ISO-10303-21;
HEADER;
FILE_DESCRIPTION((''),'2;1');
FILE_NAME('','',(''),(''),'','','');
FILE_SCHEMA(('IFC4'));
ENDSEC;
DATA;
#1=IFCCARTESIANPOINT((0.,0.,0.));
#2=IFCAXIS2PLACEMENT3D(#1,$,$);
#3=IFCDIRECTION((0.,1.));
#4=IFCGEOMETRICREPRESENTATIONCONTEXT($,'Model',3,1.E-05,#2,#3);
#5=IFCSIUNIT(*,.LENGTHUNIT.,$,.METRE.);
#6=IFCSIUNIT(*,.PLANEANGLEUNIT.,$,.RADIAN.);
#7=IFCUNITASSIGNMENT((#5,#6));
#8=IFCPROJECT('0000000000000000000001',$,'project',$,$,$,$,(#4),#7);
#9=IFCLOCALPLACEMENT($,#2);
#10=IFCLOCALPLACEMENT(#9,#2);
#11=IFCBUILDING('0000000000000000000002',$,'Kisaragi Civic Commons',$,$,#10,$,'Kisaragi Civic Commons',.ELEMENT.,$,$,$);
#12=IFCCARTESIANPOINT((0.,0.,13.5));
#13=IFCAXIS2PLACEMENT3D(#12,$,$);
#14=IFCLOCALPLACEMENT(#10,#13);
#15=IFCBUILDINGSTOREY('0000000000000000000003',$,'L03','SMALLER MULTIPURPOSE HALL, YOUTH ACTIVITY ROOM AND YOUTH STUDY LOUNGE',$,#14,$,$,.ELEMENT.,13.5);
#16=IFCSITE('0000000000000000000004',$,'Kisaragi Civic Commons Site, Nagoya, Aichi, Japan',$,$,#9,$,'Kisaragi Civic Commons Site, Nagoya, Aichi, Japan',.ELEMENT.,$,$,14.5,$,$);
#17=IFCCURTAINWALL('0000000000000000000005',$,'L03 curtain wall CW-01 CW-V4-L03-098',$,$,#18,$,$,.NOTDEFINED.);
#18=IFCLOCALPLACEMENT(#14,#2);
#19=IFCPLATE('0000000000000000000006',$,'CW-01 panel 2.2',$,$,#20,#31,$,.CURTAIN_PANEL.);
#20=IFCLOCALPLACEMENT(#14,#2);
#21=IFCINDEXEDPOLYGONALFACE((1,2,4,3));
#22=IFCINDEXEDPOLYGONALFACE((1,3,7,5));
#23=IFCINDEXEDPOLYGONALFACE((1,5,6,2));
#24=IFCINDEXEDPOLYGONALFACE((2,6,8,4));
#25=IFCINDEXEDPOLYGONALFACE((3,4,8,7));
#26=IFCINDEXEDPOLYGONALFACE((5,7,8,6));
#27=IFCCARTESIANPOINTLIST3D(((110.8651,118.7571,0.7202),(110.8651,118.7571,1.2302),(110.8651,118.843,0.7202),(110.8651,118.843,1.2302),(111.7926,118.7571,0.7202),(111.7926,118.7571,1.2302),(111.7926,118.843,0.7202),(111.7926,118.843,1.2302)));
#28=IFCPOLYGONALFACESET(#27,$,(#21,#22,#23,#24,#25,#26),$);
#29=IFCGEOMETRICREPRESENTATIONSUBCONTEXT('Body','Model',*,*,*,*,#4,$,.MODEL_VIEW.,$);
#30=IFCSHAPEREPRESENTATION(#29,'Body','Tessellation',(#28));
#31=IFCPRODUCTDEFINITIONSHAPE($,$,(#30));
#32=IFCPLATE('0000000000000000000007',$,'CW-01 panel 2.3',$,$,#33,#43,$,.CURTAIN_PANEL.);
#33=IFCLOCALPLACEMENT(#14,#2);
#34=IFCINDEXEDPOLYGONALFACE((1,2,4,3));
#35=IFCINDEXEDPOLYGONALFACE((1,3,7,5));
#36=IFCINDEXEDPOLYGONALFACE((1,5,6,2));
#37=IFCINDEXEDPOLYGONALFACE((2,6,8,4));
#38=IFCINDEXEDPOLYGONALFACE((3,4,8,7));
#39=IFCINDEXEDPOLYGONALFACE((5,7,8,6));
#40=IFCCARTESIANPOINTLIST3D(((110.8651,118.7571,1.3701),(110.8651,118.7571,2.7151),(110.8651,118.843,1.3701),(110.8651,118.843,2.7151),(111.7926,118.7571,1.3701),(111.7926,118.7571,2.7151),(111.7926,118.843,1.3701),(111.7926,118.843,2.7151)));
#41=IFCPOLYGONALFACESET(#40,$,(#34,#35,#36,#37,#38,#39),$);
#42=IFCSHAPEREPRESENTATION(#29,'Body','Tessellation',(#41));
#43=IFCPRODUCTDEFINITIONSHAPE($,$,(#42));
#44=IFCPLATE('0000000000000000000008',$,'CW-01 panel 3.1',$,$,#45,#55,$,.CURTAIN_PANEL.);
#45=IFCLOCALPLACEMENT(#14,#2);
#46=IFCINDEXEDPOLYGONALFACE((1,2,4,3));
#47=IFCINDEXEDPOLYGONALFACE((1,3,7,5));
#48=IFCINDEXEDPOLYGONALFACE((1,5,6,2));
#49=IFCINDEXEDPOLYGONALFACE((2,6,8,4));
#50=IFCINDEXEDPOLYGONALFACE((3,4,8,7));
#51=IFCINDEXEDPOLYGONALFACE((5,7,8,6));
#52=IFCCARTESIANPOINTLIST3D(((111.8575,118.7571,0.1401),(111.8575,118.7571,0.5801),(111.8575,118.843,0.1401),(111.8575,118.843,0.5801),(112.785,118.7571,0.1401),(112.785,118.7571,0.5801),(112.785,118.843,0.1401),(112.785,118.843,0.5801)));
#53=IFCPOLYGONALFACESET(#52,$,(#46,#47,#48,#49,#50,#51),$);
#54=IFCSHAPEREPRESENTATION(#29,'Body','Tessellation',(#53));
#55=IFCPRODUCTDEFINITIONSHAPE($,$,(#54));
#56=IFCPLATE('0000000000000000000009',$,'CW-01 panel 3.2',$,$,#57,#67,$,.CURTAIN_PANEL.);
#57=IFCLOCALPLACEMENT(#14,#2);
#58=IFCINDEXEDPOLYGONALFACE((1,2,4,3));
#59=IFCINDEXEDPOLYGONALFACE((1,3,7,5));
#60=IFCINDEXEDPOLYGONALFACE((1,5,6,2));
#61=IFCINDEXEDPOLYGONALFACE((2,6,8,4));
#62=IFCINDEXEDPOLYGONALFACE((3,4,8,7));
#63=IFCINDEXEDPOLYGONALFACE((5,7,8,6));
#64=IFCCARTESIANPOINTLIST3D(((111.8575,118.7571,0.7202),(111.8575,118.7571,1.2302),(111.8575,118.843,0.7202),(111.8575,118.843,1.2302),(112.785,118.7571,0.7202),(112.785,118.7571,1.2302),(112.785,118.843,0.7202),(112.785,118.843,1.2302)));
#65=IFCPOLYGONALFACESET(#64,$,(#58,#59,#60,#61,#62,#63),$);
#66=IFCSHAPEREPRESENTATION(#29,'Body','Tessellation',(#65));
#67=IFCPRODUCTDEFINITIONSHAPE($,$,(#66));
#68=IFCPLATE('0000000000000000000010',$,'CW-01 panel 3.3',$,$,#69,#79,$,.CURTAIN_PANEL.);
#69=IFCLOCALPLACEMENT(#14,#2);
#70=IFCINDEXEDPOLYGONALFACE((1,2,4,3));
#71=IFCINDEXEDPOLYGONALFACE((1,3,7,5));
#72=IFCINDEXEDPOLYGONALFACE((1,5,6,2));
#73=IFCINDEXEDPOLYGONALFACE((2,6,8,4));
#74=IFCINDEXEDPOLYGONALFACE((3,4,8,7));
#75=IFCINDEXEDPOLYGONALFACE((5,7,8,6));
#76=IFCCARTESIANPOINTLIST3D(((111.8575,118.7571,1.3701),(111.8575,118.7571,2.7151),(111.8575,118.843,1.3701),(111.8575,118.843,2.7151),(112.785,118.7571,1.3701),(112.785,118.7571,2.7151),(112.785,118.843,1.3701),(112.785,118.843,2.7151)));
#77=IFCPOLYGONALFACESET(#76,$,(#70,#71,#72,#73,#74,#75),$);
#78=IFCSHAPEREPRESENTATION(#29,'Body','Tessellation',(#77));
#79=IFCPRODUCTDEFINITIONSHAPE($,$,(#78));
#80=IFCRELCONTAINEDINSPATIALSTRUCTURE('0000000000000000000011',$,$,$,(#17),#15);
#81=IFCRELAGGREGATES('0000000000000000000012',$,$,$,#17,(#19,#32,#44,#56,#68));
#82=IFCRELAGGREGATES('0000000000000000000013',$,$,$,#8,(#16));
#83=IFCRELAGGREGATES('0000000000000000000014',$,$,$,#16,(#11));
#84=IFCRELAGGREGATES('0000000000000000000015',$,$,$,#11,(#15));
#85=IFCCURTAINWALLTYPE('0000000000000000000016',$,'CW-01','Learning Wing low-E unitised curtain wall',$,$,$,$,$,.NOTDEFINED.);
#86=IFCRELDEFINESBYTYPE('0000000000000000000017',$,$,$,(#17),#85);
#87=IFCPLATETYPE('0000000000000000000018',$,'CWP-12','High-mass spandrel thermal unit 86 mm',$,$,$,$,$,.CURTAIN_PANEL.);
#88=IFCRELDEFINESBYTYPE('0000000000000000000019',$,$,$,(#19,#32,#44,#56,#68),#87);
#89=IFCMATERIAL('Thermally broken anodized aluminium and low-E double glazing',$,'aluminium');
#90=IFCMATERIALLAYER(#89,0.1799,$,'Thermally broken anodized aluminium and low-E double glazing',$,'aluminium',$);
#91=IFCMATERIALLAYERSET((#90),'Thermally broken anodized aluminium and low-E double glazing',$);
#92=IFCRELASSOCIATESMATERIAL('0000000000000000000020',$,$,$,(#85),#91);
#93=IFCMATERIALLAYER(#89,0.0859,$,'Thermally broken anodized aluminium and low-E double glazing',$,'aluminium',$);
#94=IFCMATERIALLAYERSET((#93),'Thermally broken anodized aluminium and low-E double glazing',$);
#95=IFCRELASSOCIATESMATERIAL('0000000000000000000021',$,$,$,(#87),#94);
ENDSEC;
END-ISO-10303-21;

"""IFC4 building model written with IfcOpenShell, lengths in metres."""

from ifc_helpers import new_model, si_unit, direction, frame, origin, origin_2d, place, context, subcontext, project, spatial, rectangle, extrude, material, layer, layer_set, type_object, element, aggregate, save


model = new_model("IFC4")

# Units and contexts
model_context = context("Model", 3, precision=1e-05, world=origin(), true_north=direction((0.0, 1.0)))
body_context = subcontext(model_context, "Body", "Model", "MODEL_VIEW")
ifc_project = project(units=[si_unit("LENGTHUNIT", "METRE"), si_unit("PLANEANGLEUNIT", "RADIAN")], contexts=[model_context])

# Site, building, storey
site_placement = place(None, origin())
site = spatial("IfcSite", under=ifc_project, at=site_placement, Name="Kisaragi Civic Commons Site, Nagoya, Aichi, Japan", LongName="Kisaragi Civic Commons Site, Nagoya, Aichi, Japan", CompositionType="ELEMENT", RefElevation=14.5)
building_placement = place(site_placement, origin())
building = spatial("IfcBuilding", under=site, at=building_placement, Name="Kisaragi Civic Commons", LongName="Kisaragi Civic Commons", CompositionType="ELEMENT")
storey_placement = place(building_placement, frame((0.0, 0.0, 13.5)))
storey = spatial("IfcBuildingStorey", under=building, at=storey_placement, Name="L03", Description="SMALLER MULTIPURPOSE HALL, YOUTH ACTIVITY ROOM AND YOUTH STUDY LOUNGE", CompositionType="ELEMENT", Elevation=13.5)

# Curtain wall, plates
ifc_material = material(Name="Thermally broken anodized aluminium and low-E double glazing", Category="aluminium")
ifc_layer_1 = layer(ifc_material, 0.1799, Name="Thermally broken anodized aluminium and low-E double glazing", Category="aluminium")
ifc_layer_set_1 = layer_set([ifc_layer_1], Name="Thermally broken anodized aluminium and low-E double glazing")
curtain_wall_type = type_object("IfcCurtainWallType", Name="CW-01", Description="Learning Wing low-E unitised curtain wall", PredefinedType="NOTDEFINED", material=ifc_layer_set_1)
curtain_wall_placement = place(storey_placement, origin())
curtain_wall = element("IfcCurtainWall", 1, at=curtain_wall_placement, inside=storey, type_object=curtain_wall_type, Name="L03 curtain wall CW-01 CW-V4-L03-098", PredefinedType="NOTDEFINED")
ifc_layer_2 = layer(ifc_material, 0.0859, Name="Thermally broken anodized aluminium and low-E double glazing", Category="aluminium")
ifc_layer_set_2 = layer_set([ifc_layer_2], Name="Thermally broken anodized aluminium and low-E double glazing")
plate_type = type_object("IfcPlateType", Name="CWP-12", Description="High-mass spandrel thermal unit 86 mm", PredefinedType="CURTAIN_PANEL", material=ifc_layer_set_2)
plate_1_placement = place(storey_placement, frame((111.3289, 118.8, 0.7202), z_axis=(0.0, 0.0, 1.0), x_axis=(1.0, 0.0, 0.0)))
plate_1 = element("IfcPlate", 2, at=plate_1_placement, type_object=plate_type, Name="CW-01 panel 2.2", PredefinedType="CURTAIN_PANEL", context=body_context, shape_type="SweptSolid", body=[
    extrude(rectangle(XDim=0.9275, YDim=0.0859, at=origin_2d()), origin(), (0.0, 0.0, 1.0), 0.51),
])
plate_2_placement = place(storey_placement, frame((111.3289, 118.8, 1.3701), z_axis=(0.0, 0.0, 1.0), x_axis=(1.0, 0.0, 0.0)))
plate_2 = element("IfcPlate", 3, at=plate_2_placement, type_object=plate_type, Name="CW-01 panel 2.3", PredefinedType="CURTAIN_PANEL", context=body_context, shape_type="SweptSolid", body=[
    extrude(rectangle(XDim=0.9275, YDim=0.0859, at=origin_2d()), origin(), (0.0, 0.0, 1.0), 1.345),
])
plate_3_placement = place(storey_placement, frame((112.3213, 118.8, 0.1401), z_axis=(0.0, 0.0, 1.0), x_axis=(1.0, 0.0, 0.0)))
plate_3 = element("IfcPlate", 4, at=plate_3_placement, type_object=plate_type, Name="CW-01 panel 3.1", PredefinedType="CURTAIN_PANEL", context=body_context, shape_type="SweptSolid", body=[
    extrude(rectangle(XDim=0.9275, YDim=0.0859, at=origin_2d()), origin(), (0.0, 0.0, 1.0), 0.4399),
])
plate_4_placement = place(storey_placement, frame((112.3213, 118.8, 0.7202), z_axis=(0.0, 0.0, 1.0), x_axis=(1.0, 0.0, 0.0)))
plate_4 = element("IfcPlate", 5, at=plate_4_placement, type_object=plate_type, Name="CW-01 panel 3.2", PredefinedType="CURTAIN_PANEL", context=body_context, shape_type="SweptSolid", body=[
    extrude(rectangle(XDim=0.9275, YDim=0.0859, at=origin_2d()), origin(), (0.0, 0.0, 1.0), 0.51),
])
plate_5_placement = place(storey_placement, frame((112.3213, 118.8, 1.3701), z_axis=(0.0, 0.0, 1.0), x_axis=(1.0, 0.0, 0.0)))
plate_5 = element("IfcPlate", 6, at=plate_5_placement, type_object=plate_type, Name="CW-01 panel 3.3", PredefinedType="CURTAIN_PANEL", context=body_context, shape_type="SweptSolid", body=[
    extrude(rectangle(XDim=0.9275, YDim=0.0859, at=origin_2d()), origin(), (0.0, 0.0, 1.0), 1.345),
])
aggregate(curtain_wall, [plate_1, plate_2, plate_3, plate_4, plate_5])

save(model, "model.ifc")
